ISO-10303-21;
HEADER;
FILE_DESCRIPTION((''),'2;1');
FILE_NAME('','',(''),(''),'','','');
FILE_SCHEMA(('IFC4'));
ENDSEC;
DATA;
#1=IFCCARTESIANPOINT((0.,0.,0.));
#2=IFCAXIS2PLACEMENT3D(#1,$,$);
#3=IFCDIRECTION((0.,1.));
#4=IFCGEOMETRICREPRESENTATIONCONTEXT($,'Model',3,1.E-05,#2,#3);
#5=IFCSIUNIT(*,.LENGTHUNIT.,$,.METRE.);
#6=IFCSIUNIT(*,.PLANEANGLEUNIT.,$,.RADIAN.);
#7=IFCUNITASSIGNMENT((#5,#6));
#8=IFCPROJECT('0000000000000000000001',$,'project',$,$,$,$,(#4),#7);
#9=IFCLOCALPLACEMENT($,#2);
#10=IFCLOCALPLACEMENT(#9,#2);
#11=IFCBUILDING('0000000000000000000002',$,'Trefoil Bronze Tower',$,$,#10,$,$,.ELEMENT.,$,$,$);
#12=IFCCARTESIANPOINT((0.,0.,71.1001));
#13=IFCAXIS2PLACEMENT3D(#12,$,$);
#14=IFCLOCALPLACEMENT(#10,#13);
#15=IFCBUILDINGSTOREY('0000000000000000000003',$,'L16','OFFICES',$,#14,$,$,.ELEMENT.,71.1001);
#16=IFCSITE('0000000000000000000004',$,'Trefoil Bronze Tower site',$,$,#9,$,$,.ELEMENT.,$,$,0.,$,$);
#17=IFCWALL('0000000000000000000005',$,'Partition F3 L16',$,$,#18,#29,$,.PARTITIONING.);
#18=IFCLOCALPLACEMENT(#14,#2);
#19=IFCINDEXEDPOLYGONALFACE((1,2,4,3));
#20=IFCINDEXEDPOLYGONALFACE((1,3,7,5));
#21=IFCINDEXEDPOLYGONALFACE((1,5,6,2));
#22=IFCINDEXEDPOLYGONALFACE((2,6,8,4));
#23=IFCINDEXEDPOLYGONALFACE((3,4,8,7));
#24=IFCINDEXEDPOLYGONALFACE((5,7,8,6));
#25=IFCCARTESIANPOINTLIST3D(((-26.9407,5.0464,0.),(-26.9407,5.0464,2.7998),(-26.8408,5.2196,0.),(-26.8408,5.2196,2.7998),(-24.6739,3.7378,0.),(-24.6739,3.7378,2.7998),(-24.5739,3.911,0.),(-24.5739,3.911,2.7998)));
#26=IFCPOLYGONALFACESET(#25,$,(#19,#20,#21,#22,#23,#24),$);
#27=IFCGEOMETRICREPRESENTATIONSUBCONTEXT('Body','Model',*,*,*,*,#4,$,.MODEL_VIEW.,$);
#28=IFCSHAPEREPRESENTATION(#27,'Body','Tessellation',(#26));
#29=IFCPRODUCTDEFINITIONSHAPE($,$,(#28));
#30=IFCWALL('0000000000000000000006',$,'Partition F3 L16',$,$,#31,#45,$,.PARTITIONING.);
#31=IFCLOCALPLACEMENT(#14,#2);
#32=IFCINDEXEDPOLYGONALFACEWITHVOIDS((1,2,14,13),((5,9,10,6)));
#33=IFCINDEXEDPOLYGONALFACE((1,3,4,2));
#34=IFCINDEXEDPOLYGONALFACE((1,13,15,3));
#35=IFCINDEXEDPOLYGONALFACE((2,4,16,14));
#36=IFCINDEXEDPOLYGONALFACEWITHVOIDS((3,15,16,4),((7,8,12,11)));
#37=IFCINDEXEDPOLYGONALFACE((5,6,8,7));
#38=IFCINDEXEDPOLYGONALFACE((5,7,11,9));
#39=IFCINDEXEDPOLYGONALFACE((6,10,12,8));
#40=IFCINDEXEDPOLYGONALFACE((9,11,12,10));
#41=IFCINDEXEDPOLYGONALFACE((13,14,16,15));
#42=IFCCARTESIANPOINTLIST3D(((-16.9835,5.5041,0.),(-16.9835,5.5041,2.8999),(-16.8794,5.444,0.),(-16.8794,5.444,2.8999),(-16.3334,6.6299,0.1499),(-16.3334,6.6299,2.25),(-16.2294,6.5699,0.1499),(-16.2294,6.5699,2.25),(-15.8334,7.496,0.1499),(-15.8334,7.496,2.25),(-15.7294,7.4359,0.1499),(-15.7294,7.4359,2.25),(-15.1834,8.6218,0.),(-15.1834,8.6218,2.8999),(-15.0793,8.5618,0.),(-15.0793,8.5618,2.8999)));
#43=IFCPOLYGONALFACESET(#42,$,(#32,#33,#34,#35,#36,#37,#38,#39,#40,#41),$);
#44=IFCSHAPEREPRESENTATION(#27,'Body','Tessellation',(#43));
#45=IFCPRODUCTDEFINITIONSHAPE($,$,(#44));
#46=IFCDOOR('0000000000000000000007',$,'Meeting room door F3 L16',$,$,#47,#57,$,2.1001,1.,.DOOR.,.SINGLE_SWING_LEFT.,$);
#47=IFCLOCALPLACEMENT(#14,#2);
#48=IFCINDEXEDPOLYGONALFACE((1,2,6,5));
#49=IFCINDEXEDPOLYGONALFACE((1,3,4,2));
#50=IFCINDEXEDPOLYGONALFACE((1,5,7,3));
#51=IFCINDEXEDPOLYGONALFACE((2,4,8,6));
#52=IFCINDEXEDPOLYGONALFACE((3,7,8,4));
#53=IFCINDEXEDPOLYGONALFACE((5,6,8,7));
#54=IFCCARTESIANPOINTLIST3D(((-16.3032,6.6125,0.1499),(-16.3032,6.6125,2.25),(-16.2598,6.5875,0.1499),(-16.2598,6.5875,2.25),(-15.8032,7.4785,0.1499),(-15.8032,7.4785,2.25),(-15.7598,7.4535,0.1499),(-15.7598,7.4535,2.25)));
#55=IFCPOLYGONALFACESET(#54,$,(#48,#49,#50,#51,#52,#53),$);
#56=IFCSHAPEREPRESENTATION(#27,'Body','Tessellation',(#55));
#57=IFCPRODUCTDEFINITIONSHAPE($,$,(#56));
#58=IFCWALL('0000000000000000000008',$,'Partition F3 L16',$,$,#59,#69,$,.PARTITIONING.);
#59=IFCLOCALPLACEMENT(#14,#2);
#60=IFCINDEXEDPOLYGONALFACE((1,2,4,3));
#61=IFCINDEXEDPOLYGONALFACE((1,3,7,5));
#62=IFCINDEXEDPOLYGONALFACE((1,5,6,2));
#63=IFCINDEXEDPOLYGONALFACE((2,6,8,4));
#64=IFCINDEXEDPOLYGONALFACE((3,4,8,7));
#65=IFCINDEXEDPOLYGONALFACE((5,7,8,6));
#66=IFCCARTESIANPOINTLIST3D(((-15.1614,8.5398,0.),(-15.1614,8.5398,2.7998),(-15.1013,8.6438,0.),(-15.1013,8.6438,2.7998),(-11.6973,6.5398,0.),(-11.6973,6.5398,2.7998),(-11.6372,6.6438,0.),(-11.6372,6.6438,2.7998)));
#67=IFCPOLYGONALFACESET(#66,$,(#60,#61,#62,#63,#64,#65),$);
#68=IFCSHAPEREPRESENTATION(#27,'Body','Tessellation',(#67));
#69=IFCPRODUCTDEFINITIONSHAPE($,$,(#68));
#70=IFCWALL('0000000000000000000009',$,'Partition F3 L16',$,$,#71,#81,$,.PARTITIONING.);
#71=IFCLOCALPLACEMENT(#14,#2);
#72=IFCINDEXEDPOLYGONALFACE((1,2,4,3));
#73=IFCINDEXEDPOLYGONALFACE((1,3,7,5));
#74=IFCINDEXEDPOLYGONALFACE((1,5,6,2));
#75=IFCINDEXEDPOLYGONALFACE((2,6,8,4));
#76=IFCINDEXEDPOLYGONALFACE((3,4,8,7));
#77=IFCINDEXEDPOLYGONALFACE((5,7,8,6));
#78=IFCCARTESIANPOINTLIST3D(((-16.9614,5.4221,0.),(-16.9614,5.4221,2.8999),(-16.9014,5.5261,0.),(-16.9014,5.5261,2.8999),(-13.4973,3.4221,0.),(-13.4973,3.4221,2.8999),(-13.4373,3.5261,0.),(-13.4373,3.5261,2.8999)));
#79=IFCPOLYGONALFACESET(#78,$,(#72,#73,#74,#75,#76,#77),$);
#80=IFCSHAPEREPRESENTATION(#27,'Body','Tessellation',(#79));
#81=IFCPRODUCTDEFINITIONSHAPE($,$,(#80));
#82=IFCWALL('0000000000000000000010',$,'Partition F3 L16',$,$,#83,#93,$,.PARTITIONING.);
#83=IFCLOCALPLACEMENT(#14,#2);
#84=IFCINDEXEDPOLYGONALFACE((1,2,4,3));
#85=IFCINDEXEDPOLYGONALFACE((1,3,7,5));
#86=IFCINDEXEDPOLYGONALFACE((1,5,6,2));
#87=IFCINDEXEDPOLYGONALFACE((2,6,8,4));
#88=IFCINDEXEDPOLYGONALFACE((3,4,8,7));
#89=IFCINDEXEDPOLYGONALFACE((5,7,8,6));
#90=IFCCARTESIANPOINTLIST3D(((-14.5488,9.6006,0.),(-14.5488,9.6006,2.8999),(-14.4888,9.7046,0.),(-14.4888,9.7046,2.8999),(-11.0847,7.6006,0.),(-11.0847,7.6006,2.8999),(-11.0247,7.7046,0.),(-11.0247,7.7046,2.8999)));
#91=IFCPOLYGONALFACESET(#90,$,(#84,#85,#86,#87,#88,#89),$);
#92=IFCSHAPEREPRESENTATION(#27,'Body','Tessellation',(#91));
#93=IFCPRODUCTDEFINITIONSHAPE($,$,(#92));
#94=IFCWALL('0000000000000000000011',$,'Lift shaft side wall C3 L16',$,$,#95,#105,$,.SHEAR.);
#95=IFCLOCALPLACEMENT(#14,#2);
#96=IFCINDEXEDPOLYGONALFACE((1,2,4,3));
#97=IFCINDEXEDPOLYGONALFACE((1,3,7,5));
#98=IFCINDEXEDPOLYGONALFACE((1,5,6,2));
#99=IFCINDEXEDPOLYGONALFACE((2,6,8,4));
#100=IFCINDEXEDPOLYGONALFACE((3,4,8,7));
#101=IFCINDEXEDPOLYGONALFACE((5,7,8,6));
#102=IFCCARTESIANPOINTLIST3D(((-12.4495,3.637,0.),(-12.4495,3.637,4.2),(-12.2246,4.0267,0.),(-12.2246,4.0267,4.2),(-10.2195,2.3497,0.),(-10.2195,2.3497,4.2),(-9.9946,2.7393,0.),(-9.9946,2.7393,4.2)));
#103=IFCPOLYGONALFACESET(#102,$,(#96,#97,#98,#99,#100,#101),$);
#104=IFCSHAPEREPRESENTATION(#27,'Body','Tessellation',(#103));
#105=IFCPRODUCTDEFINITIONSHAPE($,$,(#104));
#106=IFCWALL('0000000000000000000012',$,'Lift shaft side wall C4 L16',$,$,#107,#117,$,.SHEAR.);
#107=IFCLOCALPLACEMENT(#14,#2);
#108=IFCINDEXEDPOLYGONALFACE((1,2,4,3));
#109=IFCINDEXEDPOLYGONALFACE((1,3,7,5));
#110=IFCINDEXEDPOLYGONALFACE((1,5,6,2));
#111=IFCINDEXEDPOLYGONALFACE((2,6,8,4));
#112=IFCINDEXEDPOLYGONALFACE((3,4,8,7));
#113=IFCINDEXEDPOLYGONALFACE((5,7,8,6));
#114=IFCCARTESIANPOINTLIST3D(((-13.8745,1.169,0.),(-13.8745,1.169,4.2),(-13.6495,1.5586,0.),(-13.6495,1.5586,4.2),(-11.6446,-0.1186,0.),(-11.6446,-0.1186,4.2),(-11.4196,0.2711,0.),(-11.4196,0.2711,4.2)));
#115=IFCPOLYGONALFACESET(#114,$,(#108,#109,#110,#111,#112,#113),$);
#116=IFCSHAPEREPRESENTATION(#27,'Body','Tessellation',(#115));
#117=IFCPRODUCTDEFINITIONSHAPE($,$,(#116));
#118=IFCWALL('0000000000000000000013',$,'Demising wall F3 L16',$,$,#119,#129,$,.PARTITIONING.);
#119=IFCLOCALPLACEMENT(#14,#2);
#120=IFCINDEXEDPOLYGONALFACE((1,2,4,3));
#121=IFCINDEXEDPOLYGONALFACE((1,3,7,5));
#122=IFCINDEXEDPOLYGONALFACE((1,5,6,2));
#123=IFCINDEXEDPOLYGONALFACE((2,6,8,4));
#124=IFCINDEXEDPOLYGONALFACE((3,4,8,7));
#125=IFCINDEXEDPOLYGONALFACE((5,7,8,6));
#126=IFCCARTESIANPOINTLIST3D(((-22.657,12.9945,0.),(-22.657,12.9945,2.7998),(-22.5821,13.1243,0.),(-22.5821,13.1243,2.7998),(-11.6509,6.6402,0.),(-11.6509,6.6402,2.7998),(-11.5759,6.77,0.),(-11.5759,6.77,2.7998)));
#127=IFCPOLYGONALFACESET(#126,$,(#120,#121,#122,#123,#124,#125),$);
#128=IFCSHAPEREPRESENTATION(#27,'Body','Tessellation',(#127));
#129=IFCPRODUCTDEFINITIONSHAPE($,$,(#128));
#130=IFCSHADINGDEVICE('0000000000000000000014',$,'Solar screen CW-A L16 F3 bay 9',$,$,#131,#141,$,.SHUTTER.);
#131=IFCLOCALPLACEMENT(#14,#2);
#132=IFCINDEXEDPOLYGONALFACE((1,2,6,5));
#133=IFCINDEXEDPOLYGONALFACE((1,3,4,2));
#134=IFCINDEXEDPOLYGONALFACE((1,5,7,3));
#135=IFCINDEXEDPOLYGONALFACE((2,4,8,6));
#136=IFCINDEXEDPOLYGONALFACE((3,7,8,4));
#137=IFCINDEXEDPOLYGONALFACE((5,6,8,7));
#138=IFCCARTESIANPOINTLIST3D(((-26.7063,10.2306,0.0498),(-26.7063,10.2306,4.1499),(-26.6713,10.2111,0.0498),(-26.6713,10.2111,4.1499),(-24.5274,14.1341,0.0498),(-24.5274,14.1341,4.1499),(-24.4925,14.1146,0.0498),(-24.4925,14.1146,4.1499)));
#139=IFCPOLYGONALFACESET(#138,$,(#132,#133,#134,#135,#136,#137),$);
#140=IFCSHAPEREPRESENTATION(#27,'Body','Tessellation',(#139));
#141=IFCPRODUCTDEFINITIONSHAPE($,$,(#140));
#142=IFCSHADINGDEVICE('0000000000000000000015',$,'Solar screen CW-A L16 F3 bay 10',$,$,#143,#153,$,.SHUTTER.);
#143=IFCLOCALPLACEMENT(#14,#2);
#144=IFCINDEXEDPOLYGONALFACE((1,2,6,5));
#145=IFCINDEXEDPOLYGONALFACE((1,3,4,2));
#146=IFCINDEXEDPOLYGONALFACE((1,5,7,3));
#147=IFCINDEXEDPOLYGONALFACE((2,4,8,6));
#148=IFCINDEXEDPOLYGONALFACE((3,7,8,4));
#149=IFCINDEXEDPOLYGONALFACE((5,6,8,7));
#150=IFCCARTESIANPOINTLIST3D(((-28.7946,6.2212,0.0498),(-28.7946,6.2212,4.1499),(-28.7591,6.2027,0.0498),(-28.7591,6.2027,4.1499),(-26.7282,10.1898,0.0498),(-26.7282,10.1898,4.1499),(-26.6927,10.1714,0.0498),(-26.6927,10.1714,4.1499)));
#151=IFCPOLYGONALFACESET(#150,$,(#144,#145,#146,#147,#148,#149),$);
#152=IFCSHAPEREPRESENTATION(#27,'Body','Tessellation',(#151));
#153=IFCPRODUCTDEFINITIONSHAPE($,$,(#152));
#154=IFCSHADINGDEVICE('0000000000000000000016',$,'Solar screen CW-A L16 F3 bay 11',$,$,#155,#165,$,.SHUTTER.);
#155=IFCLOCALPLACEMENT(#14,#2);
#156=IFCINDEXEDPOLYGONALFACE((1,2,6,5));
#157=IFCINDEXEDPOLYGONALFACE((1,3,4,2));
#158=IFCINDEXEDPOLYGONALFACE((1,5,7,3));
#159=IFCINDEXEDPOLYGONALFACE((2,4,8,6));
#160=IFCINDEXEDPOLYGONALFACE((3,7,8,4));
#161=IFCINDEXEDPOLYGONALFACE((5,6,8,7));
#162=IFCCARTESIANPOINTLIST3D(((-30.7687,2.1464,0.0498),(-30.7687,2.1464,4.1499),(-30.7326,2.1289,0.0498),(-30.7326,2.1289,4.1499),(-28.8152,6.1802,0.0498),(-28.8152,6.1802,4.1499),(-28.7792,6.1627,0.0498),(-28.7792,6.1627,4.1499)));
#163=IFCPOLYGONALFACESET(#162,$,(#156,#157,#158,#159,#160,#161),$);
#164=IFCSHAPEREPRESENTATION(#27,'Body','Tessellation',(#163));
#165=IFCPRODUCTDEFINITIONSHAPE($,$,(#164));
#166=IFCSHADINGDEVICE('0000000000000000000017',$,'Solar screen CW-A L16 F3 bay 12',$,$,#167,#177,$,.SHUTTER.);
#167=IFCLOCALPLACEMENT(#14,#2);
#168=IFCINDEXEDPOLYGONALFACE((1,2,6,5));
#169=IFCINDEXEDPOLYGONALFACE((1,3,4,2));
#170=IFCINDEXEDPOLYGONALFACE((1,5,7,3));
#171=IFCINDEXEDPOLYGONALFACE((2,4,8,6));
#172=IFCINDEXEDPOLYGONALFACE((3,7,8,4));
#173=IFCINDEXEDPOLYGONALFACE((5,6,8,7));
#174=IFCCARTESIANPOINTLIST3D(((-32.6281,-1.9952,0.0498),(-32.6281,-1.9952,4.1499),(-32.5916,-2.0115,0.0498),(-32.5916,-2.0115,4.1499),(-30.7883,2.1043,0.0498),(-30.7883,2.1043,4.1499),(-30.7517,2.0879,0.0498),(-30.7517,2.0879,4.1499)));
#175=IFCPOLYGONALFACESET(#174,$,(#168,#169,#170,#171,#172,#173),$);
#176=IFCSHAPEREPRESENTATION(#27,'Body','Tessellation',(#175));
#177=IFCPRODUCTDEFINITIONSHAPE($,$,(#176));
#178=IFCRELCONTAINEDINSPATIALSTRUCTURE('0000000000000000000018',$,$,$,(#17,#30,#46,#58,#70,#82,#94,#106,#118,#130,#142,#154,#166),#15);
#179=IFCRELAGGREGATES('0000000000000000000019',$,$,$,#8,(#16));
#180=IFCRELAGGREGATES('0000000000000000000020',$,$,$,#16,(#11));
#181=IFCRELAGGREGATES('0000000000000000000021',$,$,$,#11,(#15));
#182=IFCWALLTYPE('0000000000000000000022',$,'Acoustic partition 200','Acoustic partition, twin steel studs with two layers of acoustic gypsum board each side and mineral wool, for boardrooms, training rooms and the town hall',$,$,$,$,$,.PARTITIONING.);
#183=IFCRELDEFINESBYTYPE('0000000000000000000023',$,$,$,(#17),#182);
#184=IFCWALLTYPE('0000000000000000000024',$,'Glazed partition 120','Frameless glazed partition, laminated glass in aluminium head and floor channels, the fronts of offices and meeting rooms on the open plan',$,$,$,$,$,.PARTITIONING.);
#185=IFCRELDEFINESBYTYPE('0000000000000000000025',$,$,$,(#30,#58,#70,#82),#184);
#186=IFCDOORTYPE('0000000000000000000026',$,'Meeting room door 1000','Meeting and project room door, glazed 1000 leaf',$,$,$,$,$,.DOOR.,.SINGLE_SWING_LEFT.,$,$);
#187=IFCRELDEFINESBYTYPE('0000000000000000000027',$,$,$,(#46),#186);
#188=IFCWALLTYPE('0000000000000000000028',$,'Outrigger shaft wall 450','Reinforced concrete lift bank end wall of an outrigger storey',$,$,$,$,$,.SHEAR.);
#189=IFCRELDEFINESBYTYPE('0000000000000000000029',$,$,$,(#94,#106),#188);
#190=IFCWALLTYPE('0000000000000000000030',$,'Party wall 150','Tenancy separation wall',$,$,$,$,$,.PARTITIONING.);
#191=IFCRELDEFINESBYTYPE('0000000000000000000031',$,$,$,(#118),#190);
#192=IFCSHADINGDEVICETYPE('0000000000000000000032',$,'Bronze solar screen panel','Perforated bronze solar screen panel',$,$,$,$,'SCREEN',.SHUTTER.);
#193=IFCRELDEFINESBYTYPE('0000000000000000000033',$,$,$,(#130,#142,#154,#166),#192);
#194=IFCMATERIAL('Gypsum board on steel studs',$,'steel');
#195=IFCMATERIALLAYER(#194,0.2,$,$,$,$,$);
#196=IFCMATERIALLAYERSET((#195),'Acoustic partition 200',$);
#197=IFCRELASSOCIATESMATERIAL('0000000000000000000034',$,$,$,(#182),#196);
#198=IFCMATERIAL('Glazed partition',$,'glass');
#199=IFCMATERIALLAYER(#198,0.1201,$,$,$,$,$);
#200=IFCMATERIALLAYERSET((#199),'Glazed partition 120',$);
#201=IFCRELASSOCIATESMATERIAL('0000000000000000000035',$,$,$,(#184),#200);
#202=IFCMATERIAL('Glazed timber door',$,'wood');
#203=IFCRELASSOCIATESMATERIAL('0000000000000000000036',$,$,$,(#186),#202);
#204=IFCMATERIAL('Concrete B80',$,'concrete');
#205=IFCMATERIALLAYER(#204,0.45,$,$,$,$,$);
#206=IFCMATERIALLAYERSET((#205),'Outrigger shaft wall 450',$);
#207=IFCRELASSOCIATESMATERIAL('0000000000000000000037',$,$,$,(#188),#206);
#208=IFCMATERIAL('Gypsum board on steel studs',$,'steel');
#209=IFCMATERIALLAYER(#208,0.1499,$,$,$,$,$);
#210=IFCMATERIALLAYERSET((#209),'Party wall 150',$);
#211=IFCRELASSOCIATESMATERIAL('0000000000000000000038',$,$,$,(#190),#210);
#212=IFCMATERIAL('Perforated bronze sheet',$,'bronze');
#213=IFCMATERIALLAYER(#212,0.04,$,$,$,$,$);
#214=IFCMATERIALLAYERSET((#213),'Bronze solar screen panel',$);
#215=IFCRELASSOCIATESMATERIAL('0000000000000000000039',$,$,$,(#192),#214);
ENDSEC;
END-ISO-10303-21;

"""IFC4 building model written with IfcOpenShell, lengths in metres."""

from ifc_helpers import new_model, si_unit, direction, frame, frame_2d, origin, origin_2d, place, context, subcontext, project, spatial, rectangle, extrude, material, layer, layer_set, type_object, element, fill, save


model = new_model("IFC4")

# Units and contexts
model_context = context("Model", 3, precision=1e-05, world=origin(), true_north=direction((0.0, 1.0)))
body_context = subcontext(model_context, "Body", "Model", "MODEL_VIEW")
ifc_project = project(units=[si_unit("LENGTHUNIT", "METRE"), si_unit("PLANEANGLEUNIT", "RADIAN")], contexts=[model_context])

# Site, building, storey
site_placement = place(None, origin())
site = spatial("IfcSite", under=ifc_project, at=site_placement, Name="Trefoil Bronze Tower site", CompositionType="ELEMENT", RefElevation=0.0)
building_placement = place(site_placement, origin())
building = spatial("IfcBuilding", under=site, at=building_placement, Name="Trefoil Bronze Tower", CompositionType="ELEMENT")
storey_placement = place(building_placement, frame((0.0, 0.0, 71.1001)))
storey = spatial("IfcBuildingStorey", under=building, at=storey_placement, Name="L16", Description="OFFICES", CompositionType="ELEMENT", Elevation=71.1001)

# Shared definitions
ifc_material_1 = material(Name="Gypsum board on steel studs", Category="steel")
ifc_layer_1 = layer(ifc_material_1, 0.2)
ifc_layer_set_1 = layer_set([ifc_layer_1], Name="Acoustic partition 200")
wall_type_1 = type_object("IfcWallType", Name="Acoustic partition 200", Description="Acoustic partition, twin steel studs with two layers of acoustic gypsum board each side and mineral wool, for boardrooms, training rooms and the town hall", PredefinedType="PARTITIONING", material=ifc_layer_set_1)

# Wall
wall_1_placement = place(storey_placement, frame((-24.624, 3.8245, 0.0), z_axis=(0.0, 0.0, 1.0), x_axis=(-0.866054, 0.499951, 0.0)))
element("IfcWall", 1, at=wall_1_placement, inside=storey, type_object=wall_type_1, Name="Partition F3 L16", PredefinedType="PARTITIONING", context=body_context, shape_type="SweptSolid", body=[
    extrude(rectangle(XDim=2.6174, YDim=0.2, at=frame_2d((1.3086, 0.0))), origin(), (0.0, 0.0, 1.0), 2.7998),
])

# Wall, opening, door
ifc_material_2 = material(Name="Glazed partition", Category="glass")
ifc_layer_2 = layer(ifc_material_2, 0.1201)
ifc_layer_set_2 = layer_set([ifc_layer_2], Name="Glazed partition 120")
wall_type_2 = type_object("IfcWallType", Name="Glazed partition 120", Description="Frameless glazed partition, laminated glass in aluminium head and floor channels, the fronts of offices and meeting rooms on the open plan", PredefinedType="PARTITIONING", material=ifc_layer_set_2)
wall_2_placement = place(storey_placement, frame((-15.1313, 8.5918, 0.0), z_axis=(0.0, 0.0, 1.0), x_axis=(-0.500012, -0.866018, 0.0)))
wall_2 = element("IfcWall", 2, at=wall_2_placement, inside=storey, type_object=wall_type_2, Name="Partition F3 L16", PredefinedType="PARTITIONING", context=body_context, shape_type="SweptSolid", body=[
    extrude(rectangle(XDim=3.6001, YDim=0.1201, at=frame_2d((1.8, 0.0))), origin(), (0.0, 0.0, 1.0), 2.8999),
])
opening_1_placement = place(wall_2_placement, frame((1.3, 0.0, 0.1499)))
opening_1 = element("IfcOpeningElement", 3, at=opening_1_placement, cuts=wall_2, PredefinedType="OPENING", context=body_context, shape_type="SweptSolid", body=[
    extrude(rectangle(XDim=1.0, YDim=2.1001, at=frame_2d((0.5, 1.05))), frame((0.0, 0.0701, 0.0), z_axis=(0.0, -1.0, 0.0), x_axis=(1.0, 0.0, 0.0)), (0.0, 0.0, 1.0), 0.1401),
])
ifc_material_3 = material(Name="Glazed timber door", Category="wood")
door_type_1 = type_object("IfcDoorType", Name="Meeting room door 1000", Description="Meeting and project room door, glazed 1000 leaf", OperationType="SINGLE_SWING_LEFT", PredefinedType="DOOR", material=ifc_material_3)
door_1_placement = place(opening_1_placement, origin())
door_1 = element("IfcDoor", 4, at=door_1_placement, inside=storey, type_object=door_type_1, Name="Meeting room door F3 L16", OperationType="SINGLE_SWING_LEFT", OverallHeight=2.1001, OverallWidth=1.0, PredefinedType="DOOR", context=body_context, shape_type="SweptSolid", body=[
    extrude(rectangle(XDim=1.0, YDim=2.1001, at=frame_2d((0.5, 1.05))), frame((0.0, 0.0249, 0.0), z_axis=(0.0, -1.0, 0.0), x_axis=(1.0, 0.0, 0.0)), (0.0, 0.0, 1.0), 0.05),
])
fill(opening_1, door_1)

# Walls
wall_3_placement = place(storey_placement, frame((-11.6672, 6.5918, 0.0), z_axis=(0.0, 0.0, 1.0), x_axis=(-0.866026, 0.499999, 0.0)))
element("IfcWall", 5, at=wall_3_placement, inside=storey, type_object=wall_type_2, Name="Partition F3 L16", PredefinedType="PARTITIONING", context=body_context, shape_type="SweptSolid", body=[
    extrude(rectangle(XDim=4.0, YDim=0.1201, at=frame_2d((2.0, 0.0))), origin(), (0.0, 0.0, 1.0), 2.7998),
])
for number, where, z_axis, x_axis, name in (
    (6, (-13.4673, 3.4741, 0.0), (0.0, 0.0, 1.0), (-0.866026, 0.499999, 0.0), "Partition F3 L16"),
    (7, (-11.0547, 7.6526, 0.0), (0.0, 0.0, 1.0), (-0.866026, 0.499999, 0.0), "Partition F3 L16"),
):
    element("IfcWall", number, at=place(storey_placement, frame(where, z_axis=z_axis, x_axis=x_axis)), inside=storey, type_object=wall_type_2, Name=name, PredefinedType="PARTITIONING", context=body_context, shape_type="SweptSolid", body=[
        extrude(rectangle(XDim=4.0, YDim=0.1201, at=frame_2d((2.0, 0.0))), origin(), (0.0, 0.0, 1.0), 2.8999),
    ])
ifc_material_4 = material(Name="Concrete B80", Category="concrete")
ifc_layer_3 = layer(ifc_material_4, 0.45)
ifc_layer_set_3 = layer_set([ifc_layer_3], Name="Outrigger shaft wall 450")
wall_type_3 = type_object("IfcWallType", Name="Outrigger shaft wall 450", Description="Reinforced concrete lift bank end wall of an outrigger storey", PredefinedType="SHEAR", material=ifc_layer_set_3)
for number, where, z_axis, x_axis, name in (
    (8, (-10.1069, 2.5444, 0.0), (0.0, 0.0, 1.0), (-0.866047, 0.499963, 0.0), "Lift shaft side wall C3 L16"),
    (9, (-11.532, 0.0762, 0.0), (0.0, 0.0, 1.0), (-0.866006, 0.500034, 0.0), "Lift shaft side wall C4 L16"),
):
    element("IfcWall", number, at=place(storey_placement, frame(where, z_axis=z_axis, x_axis=x_axis)), inside=storey, type_object=wall_type_3, Name=name, PredefinedType="SHEAR", context=body_context, shape_type="SweptSolid", body=[
        extrude(rectangle(XDim=2.575, YDim=0.45, at=frame_2d((1.2876, 0.0))), origin(), (0.0, 0.0, 1.0), 4.2),
    ])
ifc_material_5 = material(Name="Gypsum board on steel studs", Category="steel")
ifc_layer_4 = layer(ifc_material_5, 0.1499)
ifc_layer_set_4 = layer_set([ifc_layer_4], Name="Party wall 150")
wall_type_4 = type_object("IfcWallType", Name="Party wall 150", Description="Tenancy separation wall", PredefinedType="PARTITIONING", material=ifc_layer_set_4)
wall_4_placement = place(storey_placement, frame((-11.6133, 6.7051, 0.0), z_axis=(0.0, 0.0, 1.0), x_axis=(-0.86603, 0.499992, 0.0)))
element("IfcWall", 10, at=wall_4_placement, inside=storey, type_object=wall_type_4, Name="Demising wall F3 L16", PredefinedType="PARTITIONING", context=body_context, shape_type="SweptSolid", body=[
    extrude(rectangle(XDim=12.7087, YDim=0.1499, at=frame_2d((6.3545, 0.0))), origin(), (0.0, 0.0, 1.0), 2.7998),
])

# Shading devices
ifc_material_6 = material(Name="Perforated bronze sheet", Category="bronze")
ifc_layer_5 = layer(ifc_material_6, 0.04)
ifc_layer_set_5 = layer_set([ifc_layer_5], Name="Bronze solar screen panel")
shading_device_type = type_object("IfcShadingDeviceType", Name="Bronze solar screen panel", Description="Perforated bronze solar screen panel", ElementType="SCREEN", PredefinedType="SHUTTER", material=ifc_layer_set_5)
shading_device_1_placement = place(storey_placement, frame((-25.5994, 12.1726, 0.0498), z_axis=(0.0, 0.0, 1.0), x_axis=(-0.487382, -0.873189, 0.0)))
element("IfcShadingDevice", 11, at=shading_device_1_placement, inside=storey, type_object=shading_device_type, Name="Solar screen CW-A L16 F3 bay 9", PredefinedType="SHUTTER", context=body_context, shape_type="SweptSolid", body=[
    extrude(rectangle(XDim=4.4705, YDim=0.04, at=origin_2d()), origin(), (0.0, 0.0, 1.0), 4.1001),
])
shading_device_2_placement = place(storey_placement, frame((-27.7437, 8.1963, 0.0498), z_axis=(0.0, 0.0, 1.0), x_axis=(-0.46183, -0.886969, 0.0)))
element("IfcShadingDevice", 12, at=shading_device_2_placement, inside=storey, type_object=shading_device_type, Name="Solar screen CW-A L16 F3 bay 10", PredefinedType="SHUTTER", context=body_context, shape_type="SweptSolid", body=[
    extrude(rectangle(XDim=4.4744, YDim=0.04, at=origin_2d()), origin(), (0.0, 0.0, 1.0), 4.1001),
])
shading_device_3_placement = place(storey_placement, frame((-29.7739, 4.1545, 0.0498), z_axis=(0.0, 0.0, 1.0), x_axis=(-0.435855, -0.900017, 0.0)))
element("IfcShadingDevice", 13, at=shading_device_3_placement, inside=storey, type_object=shading_device_type, Name="Solar screen CW-A L16 F3 bay 11", PredefinedType="SHUTTER", context=body_context, shape_type="SweptSolid", body=[
    extrude(rectangle(XDim=4.4819, YDim=0.04, at=origin_2d()), origin(), (0.0, 0.0, 1.0), 4.1001),
])
shading_device_4_placement = place(storey_placement, frame((-31.6899, 0.0464, 0.0498), z_axis=(0.0, 0.0, 1.0), x_axis=(-0.409456, -0.91233, 0.0)))
element("IfcShadingDevice", 14, at=shading_device_4_placement, inside=storey, type_object=shading_device_type, Name="Solar screen CW-A L16 F3 bay 12", PredefinedType="SHUTTER", context=body_context, shape_type="SweptSolid", body=[
    extrude(rectangle(XDim=4.4934, YDim=0.04, at=origin_2d()), origin(), (0.0, 0.0, 1.0), 4.1001),
])

save(model, "model.ifc")
